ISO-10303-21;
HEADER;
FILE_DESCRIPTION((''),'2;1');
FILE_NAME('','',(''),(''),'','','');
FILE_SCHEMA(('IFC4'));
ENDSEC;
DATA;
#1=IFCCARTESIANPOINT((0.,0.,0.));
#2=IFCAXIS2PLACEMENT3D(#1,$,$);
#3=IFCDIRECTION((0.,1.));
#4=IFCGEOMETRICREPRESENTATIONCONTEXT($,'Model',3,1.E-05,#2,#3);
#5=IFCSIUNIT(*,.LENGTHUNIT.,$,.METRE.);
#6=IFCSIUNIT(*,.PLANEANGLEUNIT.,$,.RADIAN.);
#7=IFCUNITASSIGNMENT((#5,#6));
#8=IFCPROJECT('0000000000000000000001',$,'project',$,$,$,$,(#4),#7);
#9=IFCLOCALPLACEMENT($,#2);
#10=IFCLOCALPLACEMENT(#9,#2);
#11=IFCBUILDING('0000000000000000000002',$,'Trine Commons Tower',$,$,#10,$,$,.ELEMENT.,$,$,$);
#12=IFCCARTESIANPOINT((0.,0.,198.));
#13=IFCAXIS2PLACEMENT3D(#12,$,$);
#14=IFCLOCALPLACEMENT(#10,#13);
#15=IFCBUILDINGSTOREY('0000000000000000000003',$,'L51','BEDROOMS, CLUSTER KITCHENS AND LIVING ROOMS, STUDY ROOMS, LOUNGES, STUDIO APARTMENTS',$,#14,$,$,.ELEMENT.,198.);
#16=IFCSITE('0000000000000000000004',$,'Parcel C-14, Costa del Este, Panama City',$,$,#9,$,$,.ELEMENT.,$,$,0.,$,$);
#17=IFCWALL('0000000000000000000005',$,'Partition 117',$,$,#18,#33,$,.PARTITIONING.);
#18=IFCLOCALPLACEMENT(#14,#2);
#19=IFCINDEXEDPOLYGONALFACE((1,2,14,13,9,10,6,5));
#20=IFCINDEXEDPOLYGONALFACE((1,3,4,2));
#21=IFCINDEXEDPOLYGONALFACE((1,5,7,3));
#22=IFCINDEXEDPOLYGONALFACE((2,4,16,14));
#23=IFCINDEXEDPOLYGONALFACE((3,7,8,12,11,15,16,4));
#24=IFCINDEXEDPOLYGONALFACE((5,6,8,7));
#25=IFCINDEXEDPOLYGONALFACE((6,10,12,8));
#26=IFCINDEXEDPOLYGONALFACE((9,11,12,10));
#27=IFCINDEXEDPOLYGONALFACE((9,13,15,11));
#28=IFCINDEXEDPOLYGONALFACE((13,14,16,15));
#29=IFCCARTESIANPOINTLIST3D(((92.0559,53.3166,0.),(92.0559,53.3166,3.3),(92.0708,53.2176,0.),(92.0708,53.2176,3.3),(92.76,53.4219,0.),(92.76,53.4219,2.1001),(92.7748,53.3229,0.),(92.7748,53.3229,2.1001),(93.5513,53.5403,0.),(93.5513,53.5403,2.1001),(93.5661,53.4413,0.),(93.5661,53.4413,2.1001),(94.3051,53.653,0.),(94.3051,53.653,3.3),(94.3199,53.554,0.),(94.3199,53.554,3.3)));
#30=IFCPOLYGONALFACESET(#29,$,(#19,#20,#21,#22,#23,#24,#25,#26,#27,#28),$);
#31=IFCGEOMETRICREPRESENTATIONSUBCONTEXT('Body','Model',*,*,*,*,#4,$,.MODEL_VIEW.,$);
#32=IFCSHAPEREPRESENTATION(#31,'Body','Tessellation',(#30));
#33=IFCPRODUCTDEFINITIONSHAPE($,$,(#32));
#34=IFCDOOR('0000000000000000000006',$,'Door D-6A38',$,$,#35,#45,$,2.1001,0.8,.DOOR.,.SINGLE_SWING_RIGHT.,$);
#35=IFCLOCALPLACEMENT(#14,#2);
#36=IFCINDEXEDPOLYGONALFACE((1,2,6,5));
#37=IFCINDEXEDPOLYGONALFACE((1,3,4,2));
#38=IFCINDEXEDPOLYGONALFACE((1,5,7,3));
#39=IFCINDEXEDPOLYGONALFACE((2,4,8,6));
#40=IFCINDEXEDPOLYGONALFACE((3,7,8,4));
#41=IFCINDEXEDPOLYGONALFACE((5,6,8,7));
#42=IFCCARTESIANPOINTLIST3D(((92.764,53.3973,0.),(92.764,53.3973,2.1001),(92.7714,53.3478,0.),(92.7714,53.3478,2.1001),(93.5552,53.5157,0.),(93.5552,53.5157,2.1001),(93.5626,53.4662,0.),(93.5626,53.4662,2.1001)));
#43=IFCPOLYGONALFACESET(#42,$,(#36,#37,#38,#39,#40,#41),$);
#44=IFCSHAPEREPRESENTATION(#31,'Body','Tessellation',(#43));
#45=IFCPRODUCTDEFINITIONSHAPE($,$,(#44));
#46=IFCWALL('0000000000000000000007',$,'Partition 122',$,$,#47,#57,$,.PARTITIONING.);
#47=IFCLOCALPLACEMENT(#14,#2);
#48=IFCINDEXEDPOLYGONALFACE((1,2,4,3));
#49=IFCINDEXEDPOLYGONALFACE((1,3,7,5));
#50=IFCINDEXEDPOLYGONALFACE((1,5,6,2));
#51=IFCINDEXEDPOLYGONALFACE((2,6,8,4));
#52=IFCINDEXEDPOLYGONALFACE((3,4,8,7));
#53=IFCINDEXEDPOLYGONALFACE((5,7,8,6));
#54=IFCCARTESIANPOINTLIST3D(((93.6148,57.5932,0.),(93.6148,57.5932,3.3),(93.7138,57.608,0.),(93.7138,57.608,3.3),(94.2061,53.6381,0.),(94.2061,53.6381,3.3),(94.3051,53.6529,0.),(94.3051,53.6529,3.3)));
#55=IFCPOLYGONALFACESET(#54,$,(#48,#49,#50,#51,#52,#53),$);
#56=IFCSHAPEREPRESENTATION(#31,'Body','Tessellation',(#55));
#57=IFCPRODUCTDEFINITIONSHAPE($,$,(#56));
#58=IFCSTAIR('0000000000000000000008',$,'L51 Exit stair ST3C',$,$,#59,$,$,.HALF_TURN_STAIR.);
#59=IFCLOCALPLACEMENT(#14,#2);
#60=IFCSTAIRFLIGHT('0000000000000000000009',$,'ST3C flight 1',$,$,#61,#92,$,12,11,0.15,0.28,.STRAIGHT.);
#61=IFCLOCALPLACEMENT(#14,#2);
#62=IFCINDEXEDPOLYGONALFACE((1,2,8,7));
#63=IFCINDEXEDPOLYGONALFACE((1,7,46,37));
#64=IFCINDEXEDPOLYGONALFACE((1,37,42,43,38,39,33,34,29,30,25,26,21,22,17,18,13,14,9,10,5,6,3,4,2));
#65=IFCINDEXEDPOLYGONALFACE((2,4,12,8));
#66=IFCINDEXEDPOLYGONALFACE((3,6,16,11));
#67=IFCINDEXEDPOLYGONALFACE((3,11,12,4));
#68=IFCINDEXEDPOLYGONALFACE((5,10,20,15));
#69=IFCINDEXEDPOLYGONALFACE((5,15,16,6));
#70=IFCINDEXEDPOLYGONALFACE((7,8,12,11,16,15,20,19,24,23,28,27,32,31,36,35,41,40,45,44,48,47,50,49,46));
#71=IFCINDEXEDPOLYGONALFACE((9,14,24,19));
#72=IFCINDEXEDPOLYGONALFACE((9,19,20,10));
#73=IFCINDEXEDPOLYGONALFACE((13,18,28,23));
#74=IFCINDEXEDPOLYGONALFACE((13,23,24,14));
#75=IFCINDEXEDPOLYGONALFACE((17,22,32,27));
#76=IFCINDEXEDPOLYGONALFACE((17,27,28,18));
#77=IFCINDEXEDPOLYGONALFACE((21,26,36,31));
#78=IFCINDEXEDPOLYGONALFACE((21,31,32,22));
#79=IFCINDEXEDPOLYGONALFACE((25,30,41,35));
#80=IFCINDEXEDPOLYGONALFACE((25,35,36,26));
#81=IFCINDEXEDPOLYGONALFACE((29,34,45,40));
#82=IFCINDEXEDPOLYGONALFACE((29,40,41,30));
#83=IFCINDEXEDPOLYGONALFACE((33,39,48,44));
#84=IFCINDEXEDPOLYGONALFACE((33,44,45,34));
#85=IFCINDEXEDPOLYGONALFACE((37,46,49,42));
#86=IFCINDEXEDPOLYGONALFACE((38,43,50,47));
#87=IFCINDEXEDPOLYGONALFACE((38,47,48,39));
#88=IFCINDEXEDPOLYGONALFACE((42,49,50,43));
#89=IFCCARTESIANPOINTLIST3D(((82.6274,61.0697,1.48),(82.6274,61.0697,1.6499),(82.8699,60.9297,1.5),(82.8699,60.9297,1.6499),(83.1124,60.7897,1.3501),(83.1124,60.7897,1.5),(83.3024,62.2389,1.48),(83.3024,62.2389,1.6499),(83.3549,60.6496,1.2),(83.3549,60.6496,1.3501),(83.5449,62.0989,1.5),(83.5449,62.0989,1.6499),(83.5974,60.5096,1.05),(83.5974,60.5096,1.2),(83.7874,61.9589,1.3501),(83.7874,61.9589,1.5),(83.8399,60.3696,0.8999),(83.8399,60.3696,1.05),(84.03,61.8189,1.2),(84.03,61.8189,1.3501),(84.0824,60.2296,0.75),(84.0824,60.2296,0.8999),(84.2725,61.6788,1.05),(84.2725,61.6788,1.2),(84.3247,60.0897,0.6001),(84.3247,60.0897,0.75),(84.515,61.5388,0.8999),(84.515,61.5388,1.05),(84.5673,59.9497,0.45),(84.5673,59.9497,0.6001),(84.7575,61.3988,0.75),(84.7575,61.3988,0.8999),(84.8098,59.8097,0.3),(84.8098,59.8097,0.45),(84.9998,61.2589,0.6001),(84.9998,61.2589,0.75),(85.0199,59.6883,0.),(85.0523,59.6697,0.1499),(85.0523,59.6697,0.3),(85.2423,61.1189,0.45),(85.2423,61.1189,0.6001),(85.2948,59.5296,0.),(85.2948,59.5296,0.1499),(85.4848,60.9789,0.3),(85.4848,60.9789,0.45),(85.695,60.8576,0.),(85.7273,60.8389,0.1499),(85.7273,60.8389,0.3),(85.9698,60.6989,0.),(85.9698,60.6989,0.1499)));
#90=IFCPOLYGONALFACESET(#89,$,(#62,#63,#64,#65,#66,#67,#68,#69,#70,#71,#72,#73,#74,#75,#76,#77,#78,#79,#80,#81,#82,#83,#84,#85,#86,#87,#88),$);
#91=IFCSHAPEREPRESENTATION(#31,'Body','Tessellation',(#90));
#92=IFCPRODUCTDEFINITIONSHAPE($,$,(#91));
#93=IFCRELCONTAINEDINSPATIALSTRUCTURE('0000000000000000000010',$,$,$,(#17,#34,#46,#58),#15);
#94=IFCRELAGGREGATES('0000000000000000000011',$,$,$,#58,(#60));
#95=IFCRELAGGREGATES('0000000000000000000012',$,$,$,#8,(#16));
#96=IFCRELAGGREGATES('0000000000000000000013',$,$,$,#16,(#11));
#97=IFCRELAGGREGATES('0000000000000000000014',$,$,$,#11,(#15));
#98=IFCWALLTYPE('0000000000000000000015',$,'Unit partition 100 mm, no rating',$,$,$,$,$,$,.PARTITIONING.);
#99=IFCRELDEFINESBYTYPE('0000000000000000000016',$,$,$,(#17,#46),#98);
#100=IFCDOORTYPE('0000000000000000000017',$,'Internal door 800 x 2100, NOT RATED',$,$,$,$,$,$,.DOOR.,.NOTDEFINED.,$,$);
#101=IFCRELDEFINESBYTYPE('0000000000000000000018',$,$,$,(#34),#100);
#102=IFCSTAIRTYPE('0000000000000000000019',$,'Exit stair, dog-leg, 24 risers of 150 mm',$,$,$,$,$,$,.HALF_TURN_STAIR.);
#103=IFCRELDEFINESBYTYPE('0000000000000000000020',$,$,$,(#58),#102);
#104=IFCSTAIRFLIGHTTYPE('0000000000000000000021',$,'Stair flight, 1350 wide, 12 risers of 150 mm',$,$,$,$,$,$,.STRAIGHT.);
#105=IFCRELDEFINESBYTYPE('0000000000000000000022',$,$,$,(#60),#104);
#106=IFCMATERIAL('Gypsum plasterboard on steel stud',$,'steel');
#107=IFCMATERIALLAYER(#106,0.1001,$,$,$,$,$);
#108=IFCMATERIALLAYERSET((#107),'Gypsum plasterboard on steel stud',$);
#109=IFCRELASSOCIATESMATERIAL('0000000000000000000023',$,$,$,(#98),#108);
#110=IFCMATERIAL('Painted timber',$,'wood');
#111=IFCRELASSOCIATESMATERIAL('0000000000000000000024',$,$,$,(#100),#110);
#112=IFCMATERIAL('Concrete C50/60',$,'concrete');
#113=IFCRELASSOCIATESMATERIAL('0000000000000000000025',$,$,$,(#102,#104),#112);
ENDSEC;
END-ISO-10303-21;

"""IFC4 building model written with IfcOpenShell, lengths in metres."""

from ifc_helpers import new_model, si_unit, direction, frame, frame_2d, origin, place, context, subcontext, project, spatial, polyline, rectangle, outline, extrude, material, layer, layer_set, type_object, element, fill, aggregate, save


model = new_model("IFC4")

# Units and contexts
model_context = context("Model", 3, precision=1e-05, world=origin(), true_north=direction((0.0, 1.0)))
body_context = subcontext(model_context, "Body", "Model", "MODEL_VIEW")
ifc_project = project(units=[si_unit("LENGTHUNIT", "METRE"), si_unit("PLANEANGLEUNIT", "RADIAN")], contexts=[model_context])

# Site, building, storey
site_placement = place(None, origin())
site = spatial("IfcSite", under=ifc_project, at=site_placement, Name="Parcel C-14, Costa del Este, Panama City", CompositionType="ELEMENT", RefElevation=0.0)
building_placement = place(site_placement, origin())
building = spatial("IfcBuilding", under=site, at=building_placement, Name="Trine Commons Tower", CompositionType="ELEMENT")
storey_placement = place(building_placement, frame((0.0, 0.0, 198.0)))
storey = spatial("IfcBuildingStorey", under=building, at=storey_placement, Name="L51", Description="BEDROOMS, CLUSTER KITCHENS AND LIVING ROOMS, STUDY ROOMS, LOUNGES, STUDIO APARTMENTS", CompositionType="ELEMENT", Elevation=198.0)

# Shared definitions
ifc_material_1 = material(Name="Gypsum plasterboard on steel stud", Category="steel")

# Wall, opening, door
ifc_layer_1 = layer(ifc_material_1, 0.1001)
ifc_layer_set_1 = layer_set([ifc_layer_1], Name="Gypsum plasterboard on steel stud")
wall_type_1 = type_object("IfcWallType", Name="Unit partition 100 mm, no rating", PredefinedType="PARTITIONING", material=ifc_layer_set_1)
ifc_material_2 = material(Name="Painted timber", Category="wood")
door_type_1 = type_object("IfcDoorType", Name="Internal door 800 x 2100, NOT RATED", OperationType="NOTDEFINED", PredefinedType="DOOR", material=ifc_material_2)
wall_1_placement = place(storey_placement, frame((92.0632, 53.2671, 0.0), z_axis=(0.0, 0.0, 1.0), x_axis=(0.988998, 0.147926, 0.0)))
wall_1 = element("IfcWall", 1, at=wall_1_placement, inside=storey, type_object=wall_type_1, Name="Partition 117", PredefinedType="PARTITIONING", context=body_context, shape_type="SweptSolid", body=[
    extrude(rectangle(XDim=2.2742, YDim=0.1001, at=frame_2d((1.1372, 0.0))), origin(), (0.0, 0.0, 1.0), 3.3),
])
opening_1_placement = place(wall_1_placement, frame((0.7122, 0.0, 0.0)))
opening_1 = element("IfcOpeningElement", 2, at=opening_1_placement, cuts=wall_1, PredefinedType="OPENING", context=body_context, shape_type="SweptSolid", body=[
    extrude(rectangle(XDim=0.8, YDim=2.1001, at=frame_2d((0.3999, 1.05))), frame((0.0, 0.0601, 0.0), z_axis=(0.0, -1.0, 0.0), x_axis=(1.0, 0.0, 0.0)), (0.0, 0.0, 1.0), 0.1201),
])
door_1_placement = place(opening_1_placement, frame((0.8, 0.0, 0.0), z_axis=(0.0, 0.0, 1.0), x_axis=(-1.0, 0.0, 0.0)))
door_1 = element("IfcDoor", 3, at=door_1_placement, inside=storey, type_object=door_type_1, Name="Door D-6A38", OperationType="SINGLE_SWING_RIGHT", OverallHeight=2.1001, OverallWidth=0.8, PredefinedType="DOOR", context=body_context, shape_type="SweptSolid", body=[
    extrude(rectangle(XDim=0.8, YDim=2.1001, at=frame_2d((0.3999, 1.05))), frame((0.0, 0.0249, 0.0), z_axis=(0.0, -1.0, 0.0), x_axis=(1.0, 0.0, 0.0)), (0.0, 0.0, 1.0), 0.05),
])
fill(opening_1, door_1)

# Wall
wall_2_placement = place(storey_placement, frame((93.6643, 57.6006, 0.0), z_axis=(0.0, 0.0, 1.0), x_axis=(0.147863, -0.989008, 0.0)))
element("IfcWall", 4, at=wall_2_placement, inside=storey, type_object=wall_type_1, Name="Partition 122", PredefinedType="PARTITIONING", context=body_context, shape_type="SweptSolid", body=[
    extrude(rectangle(XDim=3.999, YDim=0.1001, at=frame_2d((1.9995, 0.0))), origin(), (0.0, 0.0, 1.0), 3.3),
])

# Stair, stair flight
ifc_material_3 = material(Name="Concrete C50/60", Category="concrete")
stair_type = type_object("IfcStairType", Name="Exit stair, dog-leg, 24 risers of 150 mm", PredefinedType="HALF_TURN_STAIR", material=ifc_material_3)
stair_placement = place(storey_placement, origin())
stair = element("IfcStair", 5, at=stair_placement, inside=storey, type_object=stair_type, Name="L51 Exit stair ST3C", PredefinedType="HALF_TURN_STAIR")
stair_flight_type = type_object("IfcStairFlightType", Name="Stair flight, 1350 wide, 12 risers of 150 mm", PredefinedType="STRAIGHT", material=ifc_material_3)
stair_flight_placement = place(storey_placement, frame((85.6323, 60.1143, 0.0), z_axis=(0.0, 0.0, 1.0), x_axis=(-0.866025, 0.5, 0.0)))
stair_flight = element("IfcStairFlight", 6, at=stair_flight_placement, type_object=stair_flight_type, Name="ST3C flight 1", NumberOfRisers=12, NumberOfTreads=11, PredefinedType="STRAIGHT", RiserHeight=0.15, TreadLength=0.28, context=body_context, shape_type="SweptSolid", body=[
    extrude(outline(polyline([(0.0, 0.0), (0.0, 0.1499), (0.28, 0.1499), (0.28, 0.3), (0.5601, 0.3), (0.5601, 0.45), (0.8401, 0.45), (0.8401, 0.6001), (1.1201, 0.6001), (1.1201, 0.75), (1.3999, 0.75), (1.3999, 0.8999), (1.6799, 0.8999), (1.6799, 1.05), (1.96, 1.05), (1.96, 1.2), (2.24, 1.2), (2.24, 1.3501), (2.52, 1.3501), (2.52, 1.5), (2.8, 1.5), (2.8, 1.6499), (3.0801, 1.6499), (3.0801, 1.8), (3.0801, 1.48), (0.3174, 0.0), (0.0, 0.0)])), frame((0.0, 0.675, 0.0), z_axis=(0.0, -1.0, 0.0), x_axis=(1.0, 0.0, 0.0)), (0.0, 0.0, 1.0), 1.3501),
])
aggregate(stair, [stair_flight])

save(model, "model.ifc")
